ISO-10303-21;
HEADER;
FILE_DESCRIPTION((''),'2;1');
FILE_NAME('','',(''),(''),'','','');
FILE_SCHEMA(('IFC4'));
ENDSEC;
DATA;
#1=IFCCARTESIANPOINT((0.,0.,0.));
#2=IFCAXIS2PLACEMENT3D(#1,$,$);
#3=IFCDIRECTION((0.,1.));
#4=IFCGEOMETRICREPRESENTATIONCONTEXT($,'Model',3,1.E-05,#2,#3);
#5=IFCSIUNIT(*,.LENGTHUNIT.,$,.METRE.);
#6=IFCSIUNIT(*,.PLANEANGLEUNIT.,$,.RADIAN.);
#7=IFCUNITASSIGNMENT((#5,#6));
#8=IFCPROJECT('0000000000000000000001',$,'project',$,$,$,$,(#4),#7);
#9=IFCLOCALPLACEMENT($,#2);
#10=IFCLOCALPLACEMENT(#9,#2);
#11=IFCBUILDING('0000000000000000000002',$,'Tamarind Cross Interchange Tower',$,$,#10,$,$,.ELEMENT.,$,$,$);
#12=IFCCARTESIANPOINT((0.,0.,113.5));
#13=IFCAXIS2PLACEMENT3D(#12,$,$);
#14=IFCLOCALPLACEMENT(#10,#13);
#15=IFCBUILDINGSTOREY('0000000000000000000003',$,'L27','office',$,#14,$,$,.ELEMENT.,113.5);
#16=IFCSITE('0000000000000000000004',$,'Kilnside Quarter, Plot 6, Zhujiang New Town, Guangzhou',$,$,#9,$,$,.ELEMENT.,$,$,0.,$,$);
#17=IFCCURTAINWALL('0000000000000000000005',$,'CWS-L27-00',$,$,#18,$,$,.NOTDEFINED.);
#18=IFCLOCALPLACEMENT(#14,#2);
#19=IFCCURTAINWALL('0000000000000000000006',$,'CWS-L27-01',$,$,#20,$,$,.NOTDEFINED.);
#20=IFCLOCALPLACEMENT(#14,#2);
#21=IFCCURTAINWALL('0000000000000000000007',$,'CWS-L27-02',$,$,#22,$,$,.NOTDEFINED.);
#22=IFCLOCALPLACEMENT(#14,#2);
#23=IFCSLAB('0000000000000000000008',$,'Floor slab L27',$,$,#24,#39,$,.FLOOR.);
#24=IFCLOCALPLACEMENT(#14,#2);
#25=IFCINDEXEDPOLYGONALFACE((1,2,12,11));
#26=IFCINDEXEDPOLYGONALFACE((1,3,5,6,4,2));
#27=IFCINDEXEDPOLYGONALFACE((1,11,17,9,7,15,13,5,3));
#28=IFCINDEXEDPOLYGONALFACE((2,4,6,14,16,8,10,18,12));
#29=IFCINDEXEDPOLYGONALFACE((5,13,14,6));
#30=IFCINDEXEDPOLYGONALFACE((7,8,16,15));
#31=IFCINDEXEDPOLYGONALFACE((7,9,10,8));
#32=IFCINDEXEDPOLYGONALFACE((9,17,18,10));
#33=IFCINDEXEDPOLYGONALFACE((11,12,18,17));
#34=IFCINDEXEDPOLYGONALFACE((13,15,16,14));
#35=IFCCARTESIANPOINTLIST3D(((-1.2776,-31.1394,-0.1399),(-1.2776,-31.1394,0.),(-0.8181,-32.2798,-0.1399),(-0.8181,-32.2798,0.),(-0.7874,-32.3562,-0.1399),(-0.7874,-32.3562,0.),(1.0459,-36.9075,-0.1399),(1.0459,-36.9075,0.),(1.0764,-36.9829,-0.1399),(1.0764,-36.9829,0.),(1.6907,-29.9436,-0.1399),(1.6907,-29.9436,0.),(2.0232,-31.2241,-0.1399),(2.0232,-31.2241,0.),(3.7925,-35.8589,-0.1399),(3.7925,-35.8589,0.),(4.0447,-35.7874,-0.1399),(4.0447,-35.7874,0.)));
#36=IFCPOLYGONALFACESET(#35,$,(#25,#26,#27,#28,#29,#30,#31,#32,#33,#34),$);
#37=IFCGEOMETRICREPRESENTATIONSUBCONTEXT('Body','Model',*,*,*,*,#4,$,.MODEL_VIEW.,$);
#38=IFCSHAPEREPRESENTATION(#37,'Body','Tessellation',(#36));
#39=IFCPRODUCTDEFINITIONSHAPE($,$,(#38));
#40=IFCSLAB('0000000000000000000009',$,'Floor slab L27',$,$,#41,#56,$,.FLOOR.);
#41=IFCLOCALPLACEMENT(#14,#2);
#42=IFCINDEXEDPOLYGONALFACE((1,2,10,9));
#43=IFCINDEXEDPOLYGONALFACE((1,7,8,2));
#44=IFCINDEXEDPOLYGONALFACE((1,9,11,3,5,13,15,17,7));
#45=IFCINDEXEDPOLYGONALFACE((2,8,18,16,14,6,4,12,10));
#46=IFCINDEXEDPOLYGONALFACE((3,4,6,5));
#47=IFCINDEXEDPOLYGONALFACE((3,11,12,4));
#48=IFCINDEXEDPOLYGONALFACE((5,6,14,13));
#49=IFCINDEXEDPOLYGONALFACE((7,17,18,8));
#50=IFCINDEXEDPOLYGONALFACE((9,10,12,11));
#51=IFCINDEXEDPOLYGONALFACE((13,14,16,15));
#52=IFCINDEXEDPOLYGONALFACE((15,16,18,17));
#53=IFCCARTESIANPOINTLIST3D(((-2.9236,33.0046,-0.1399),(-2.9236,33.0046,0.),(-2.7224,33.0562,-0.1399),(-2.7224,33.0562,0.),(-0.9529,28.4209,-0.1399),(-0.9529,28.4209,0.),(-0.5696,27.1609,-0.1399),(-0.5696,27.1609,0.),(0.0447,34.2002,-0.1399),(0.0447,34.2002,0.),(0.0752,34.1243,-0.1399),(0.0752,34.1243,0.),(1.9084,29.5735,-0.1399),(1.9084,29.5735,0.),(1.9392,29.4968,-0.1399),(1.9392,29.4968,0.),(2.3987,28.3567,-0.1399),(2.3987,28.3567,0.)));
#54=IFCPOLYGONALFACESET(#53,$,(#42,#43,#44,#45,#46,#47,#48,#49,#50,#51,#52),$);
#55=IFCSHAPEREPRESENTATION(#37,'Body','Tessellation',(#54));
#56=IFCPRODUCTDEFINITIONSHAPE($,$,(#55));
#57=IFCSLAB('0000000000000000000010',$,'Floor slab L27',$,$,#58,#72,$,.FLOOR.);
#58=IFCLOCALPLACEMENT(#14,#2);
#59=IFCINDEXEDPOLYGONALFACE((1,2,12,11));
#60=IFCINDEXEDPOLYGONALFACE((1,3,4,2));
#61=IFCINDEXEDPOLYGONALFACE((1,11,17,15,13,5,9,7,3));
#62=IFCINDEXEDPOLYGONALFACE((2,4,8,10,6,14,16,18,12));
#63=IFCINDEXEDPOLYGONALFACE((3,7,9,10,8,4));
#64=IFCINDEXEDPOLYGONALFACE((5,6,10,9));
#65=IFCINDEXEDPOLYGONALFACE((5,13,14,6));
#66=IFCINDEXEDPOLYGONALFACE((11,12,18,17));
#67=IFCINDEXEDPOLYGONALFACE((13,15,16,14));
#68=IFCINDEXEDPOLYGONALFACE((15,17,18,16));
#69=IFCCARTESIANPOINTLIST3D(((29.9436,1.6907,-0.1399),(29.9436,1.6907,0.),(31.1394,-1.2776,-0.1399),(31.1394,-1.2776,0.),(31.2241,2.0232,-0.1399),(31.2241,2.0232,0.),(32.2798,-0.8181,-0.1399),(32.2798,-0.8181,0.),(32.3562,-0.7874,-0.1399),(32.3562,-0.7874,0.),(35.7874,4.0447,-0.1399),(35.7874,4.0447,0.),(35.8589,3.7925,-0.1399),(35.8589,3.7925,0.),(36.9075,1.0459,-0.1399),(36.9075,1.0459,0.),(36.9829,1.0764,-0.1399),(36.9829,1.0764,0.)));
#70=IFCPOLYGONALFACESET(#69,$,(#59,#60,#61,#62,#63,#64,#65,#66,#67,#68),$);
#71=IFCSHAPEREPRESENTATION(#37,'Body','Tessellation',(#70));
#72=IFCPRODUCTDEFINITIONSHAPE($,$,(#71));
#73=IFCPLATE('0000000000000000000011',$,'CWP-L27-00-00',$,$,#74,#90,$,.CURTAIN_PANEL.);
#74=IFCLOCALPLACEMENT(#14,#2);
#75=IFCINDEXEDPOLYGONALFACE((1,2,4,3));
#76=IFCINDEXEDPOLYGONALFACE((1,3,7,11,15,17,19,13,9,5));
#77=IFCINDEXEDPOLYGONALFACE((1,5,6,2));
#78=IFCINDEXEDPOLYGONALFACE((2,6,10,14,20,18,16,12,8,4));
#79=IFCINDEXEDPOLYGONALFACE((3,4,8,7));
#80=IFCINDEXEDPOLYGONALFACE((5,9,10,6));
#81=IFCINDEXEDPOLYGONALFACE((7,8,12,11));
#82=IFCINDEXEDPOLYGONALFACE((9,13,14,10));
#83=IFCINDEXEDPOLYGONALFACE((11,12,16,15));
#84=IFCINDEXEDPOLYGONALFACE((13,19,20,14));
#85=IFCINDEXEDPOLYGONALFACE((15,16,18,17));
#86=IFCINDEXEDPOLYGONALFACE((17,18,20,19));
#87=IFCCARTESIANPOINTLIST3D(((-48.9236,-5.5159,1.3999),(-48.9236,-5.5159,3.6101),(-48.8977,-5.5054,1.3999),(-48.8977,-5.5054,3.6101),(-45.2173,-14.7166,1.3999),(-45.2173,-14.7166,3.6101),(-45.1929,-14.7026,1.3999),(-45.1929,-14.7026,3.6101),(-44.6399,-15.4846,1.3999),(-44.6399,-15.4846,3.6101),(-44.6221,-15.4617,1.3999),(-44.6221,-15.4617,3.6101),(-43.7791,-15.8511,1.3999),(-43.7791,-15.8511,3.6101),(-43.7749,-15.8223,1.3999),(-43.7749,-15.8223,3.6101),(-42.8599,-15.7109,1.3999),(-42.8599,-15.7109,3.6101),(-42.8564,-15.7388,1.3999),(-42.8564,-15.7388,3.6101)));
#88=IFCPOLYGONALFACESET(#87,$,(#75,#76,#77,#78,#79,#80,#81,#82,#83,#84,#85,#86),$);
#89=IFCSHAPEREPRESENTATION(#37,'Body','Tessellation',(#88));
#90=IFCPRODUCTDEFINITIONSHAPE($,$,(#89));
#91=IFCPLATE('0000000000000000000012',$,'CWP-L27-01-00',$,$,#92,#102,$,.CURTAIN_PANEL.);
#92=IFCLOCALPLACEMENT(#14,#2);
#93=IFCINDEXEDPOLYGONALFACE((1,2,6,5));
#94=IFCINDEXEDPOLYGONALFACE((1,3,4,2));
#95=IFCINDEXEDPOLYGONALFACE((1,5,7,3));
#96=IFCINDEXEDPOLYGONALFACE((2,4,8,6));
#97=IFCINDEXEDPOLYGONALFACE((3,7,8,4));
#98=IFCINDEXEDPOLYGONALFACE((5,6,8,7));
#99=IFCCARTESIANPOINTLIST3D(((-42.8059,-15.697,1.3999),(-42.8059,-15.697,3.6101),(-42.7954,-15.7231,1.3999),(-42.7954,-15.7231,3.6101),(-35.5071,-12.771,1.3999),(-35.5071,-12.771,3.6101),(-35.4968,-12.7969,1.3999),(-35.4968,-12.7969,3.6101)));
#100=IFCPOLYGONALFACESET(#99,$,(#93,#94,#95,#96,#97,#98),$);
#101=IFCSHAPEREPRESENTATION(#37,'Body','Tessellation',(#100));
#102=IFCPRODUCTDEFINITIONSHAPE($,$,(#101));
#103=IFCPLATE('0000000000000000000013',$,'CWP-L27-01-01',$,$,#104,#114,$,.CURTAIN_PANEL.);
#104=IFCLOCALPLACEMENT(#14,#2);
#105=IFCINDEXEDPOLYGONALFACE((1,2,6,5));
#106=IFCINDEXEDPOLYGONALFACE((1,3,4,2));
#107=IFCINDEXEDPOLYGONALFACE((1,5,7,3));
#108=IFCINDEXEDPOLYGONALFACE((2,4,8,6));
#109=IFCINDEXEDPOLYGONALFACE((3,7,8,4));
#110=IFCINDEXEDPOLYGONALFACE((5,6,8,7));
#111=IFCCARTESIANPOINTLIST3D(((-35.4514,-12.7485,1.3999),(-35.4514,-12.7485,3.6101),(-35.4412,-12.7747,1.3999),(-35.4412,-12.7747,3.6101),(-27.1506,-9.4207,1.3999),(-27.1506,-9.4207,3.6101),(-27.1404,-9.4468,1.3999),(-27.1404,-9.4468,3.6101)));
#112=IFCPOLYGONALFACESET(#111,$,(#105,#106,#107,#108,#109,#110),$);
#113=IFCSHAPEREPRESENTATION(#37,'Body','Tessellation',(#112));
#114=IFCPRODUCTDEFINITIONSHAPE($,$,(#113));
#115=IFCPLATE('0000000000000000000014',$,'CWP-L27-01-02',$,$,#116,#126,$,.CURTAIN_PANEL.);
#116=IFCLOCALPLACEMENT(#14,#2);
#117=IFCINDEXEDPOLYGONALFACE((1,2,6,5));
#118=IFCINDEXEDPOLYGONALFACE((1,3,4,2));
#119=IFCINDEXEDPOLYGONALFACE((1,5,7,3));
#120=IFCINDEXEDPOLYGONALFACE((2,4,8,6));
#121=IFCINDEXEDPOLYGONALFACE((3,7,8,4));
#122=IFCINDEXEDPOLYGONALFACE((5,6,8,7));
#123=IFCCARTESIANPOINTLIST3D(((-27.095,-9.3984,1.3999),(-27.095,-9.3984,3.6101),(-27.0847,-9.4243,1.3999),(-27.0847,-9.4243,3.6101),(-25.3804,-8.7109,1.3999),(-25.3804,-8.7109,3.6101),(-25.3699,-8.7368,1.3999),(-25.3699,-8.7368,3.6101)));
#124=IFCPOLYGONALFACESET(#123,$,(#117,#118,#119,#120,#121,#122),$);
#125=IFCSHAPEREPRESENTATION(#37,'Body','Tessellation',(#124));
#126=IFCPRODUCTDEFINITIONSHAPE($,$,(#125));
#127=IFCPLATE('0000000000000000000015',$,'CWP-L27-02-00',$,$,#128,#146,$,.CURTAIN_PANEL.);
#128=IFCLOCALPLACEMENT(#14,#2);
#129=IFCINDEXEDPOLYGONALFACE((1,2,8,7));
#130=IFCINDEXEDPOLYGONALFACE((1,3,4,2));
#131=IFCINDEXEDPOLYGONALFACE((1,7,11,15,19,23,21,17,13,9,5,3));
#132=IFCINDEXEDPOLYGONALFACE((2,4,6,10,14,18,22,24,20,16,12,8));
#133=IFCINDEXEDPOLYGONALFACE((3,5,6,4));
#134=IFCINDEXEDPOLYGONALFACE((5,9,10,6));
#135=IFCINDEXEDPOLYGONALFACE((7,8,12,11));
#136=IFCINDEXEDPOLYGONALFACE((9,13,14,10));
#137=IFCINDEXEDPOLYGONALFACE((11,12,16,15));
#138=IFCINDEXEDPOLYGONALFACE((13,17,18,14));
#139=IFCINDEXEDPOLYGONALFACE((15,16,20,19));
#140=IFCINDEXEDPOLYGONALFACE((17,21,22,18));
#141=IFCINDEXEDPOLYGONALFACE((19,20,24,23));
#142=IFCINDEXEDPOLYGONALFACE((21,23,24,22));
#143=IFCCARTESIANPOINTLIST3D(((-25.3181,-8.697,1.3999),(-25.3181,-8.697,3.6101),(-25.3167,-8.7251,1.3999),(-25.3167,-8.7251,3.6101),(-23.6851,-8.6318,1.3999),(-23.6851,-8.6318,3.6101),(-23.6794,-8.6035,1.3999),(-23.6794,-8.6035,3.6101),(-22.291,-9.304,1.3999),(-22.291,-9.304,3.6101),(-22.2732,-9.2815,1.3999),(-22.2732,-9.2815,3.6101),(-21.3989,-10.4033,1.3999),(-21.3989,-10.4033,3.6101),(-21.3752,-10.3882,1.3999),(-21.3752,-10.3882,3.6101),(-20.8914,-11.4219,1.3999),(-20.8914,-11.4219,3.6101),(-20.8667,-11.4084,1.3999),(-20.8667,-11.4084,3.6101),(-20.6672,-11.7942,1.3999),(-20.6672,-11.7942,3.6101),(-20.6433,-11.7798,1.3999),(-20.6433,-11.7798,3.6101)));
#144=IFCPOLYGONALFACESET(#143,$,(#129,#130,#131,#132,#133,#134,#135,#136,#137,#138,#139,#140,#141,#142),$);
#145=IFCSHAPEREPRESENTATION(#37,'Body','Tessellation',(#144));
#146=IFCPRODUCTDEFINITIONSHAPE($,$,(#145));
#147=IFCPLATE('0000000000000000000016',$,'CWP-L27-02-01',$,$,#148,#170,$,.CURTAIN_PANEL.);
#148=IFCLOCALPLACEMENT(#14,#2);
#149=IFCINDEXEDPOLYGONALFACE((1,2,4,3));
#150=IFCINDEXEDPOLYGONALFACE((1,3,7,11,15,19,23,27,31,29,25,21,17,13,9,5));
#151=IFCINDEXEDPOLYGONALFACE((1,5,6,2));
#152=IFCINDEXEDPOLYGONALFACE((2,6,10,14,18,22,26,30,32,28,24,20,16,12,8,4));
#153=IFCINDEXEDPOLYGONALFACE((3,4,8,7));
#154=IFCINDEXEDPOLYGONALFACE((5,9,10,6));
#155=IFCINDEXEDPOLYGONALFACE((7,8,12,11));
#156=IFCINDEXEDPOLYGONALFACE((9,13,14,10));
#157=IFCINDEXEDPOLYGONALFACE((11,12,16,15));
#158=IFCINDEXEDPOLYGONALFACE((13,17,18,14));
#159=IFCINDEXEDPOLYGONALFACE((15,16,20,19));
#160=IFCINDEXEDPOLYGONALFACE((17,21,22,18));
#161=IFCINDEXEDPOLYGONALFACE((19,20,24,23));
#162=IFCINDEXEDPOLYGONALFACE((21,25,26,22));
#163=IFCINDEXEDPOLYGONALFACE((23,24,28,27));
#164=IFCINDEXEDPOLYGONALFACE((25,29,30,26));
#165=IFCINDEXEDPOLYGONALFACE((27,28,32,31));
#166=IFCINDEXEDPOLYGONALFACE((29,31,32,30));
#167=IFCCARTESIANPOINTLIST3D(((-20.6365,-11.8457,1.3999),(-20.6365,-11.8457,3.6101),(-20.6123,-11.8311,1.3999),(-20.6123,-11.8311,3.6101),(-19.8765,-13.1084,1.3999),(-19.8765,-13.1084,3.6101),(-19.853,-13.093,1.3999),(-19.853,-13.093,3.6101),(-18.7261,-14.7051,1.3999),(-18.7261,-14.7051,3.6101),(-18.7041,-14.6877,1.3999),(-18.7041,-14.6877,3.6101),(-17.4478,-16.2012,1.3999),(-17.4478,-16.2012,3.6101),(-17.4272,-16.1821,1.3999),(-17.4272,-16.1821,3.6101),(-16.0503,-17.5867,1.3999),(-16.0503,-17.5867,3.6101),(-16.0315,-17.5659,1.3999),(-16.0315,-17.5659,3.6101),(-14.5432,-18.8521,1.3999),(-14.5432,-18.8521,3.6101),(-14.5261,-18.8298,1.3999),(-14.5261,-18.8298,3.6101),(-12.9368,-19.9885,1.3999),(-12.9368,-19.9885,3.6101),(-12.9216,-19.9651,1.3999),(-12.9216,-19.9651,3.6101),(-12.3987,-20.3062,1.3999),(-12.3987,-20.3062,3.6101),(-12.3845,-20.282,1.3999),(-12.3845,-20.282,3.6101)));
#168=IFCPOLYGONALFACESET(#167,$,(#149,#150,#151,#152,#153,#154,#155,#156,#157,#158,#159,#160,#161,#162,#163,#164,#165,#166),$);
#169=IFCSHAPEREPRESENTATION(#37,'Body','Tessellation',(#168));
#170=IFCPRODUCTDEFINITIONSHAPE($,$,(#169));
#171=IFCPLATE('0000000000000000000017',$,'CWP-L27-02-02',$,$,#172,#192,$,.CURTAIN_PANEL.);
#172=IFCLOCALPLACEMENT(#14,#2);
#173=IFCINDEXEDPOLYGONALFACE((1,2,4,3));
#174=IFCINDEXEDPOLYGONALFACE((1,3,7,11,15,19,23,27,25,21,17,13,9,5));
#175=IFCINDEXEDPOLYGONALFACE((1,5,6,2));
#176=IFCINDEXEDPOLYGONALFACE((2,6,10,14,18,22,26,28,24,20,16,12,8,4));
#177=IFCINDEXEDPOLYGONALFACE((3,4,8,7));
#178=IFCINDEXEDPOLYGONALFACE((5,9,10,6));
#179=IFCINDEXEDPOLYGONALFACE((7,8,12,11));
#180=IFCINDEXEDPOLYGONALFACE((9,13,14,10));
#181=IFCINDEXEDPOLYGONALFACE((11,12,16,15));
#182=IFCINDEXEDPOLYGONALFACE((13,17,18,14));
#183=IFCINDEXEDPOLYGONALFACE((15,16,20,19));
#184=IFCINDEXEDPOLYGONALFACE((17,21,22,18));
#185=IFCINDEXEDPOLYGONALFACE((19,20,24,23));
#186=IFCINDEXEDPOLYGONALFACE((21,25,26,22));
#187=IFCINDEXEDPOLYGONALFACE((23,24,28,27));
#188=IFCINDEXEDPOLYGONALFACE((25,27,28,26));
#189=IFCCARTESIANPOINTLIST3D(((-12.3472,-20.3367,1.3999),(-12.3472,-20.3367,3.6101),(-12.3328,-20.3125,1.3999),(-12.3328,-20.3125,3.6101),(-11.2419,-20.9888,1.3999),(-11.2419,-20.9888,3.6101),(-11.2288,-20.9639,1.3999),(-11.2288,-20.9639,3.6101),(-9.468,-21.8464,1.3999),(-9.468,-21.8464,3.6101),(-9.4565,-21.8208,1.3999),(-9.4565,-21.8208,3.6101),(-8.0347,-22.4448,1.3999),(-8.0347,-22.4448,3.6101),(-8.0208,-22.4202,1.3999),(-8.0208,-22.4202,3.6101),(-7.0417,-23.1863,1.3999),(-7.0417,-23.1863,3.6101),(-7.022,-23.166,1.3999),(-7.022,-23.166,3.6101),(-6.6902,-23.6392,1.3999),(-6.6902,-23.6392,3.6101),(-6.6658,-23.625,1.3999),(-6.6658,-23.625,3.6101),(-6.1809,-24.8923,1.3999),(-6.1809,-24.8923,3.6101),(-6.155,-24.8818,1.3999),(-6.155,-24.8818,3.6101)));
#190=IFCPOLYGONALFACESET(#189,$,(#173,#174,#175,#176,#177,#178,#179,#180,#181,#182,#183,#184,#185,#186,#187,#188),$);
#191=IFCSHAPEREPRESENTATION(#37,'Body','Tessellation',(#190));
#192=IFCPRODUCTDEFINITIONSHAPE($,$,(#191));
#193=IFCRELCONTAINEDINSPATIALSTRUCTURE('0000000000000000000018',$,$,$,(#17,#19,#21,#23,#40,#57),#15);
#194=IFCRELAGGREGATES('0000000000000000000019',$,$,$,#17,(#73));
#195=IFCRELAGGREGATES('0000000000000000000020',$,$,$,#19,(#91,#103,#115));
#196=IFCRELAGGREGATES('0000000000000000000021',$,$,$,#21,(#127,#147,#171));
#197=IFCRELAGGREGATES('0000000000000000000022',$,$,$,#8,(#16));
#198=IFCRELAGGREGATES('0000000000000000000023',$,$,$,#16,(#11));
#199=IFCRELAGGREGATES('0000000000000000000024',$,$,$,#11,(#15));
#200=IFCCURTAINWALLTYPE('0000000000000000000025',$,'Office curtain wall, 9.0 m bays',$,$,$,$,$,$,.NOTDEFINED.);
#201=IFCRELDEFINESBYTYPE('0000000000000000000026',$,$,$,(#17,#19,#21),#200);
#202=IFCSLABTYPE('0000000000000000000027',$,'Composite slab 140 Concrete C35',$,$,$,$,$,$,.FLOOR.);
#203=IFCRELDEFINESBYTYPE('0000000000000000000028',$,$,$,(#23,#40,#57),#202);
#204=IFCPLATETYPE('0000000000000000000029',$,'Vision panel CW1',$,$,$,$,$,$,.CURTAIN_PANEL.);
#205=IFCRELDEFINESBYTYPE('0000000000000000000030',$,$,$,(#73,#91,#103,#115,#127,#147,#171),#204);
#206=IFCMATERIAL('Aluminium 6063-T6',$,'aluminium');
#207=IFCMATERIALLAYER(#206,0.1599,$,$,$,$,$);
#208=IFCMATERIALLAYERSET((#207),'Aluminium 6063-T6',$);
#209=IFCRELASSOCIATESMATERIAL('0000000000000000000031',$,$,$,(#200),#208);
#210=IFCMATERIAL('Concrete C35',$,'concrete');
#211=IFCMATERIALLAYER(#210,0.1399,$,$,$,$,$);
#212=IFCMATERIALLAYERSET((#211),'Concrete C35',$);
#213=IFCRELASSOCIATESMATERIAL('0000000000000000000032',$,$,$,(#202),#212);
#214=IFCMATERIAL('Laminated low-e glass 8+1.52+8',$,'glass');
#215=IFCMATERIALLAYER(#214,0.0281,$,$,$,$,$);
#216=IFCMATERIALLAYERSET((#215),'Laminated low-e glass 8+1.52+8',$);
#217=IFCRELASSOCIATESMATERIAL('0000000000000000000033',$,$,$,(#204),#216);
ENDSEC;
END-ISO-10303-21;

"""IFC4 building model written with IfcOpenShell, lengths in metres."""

from ifc_helpers import new_model, si_unit, direction, frame, origin, place, context, subcontext, project, spatial, polyline, outline, extrude, material, layer, layer_set, type_object, element, aggregate, save


model = new_model("IFC4")

# Units and contexts
model_context = context("Model", 3, precision=1e-05, world=origin(), true_north=direction((0.0, 1.0)))
body_context = subcontext(model_context, "Body", "Model", "MODEL_VIEW")
ifc_project = project(units=[si_unit("LENGTHUNIT", "METRE"), si_unit("PLANEANGLEUNIT", "RADIAN")], contexts=[model_context])

# Site, building, storey
site_placement = place(None, origin())
site = spatial("IfcSite", under=ifc_project, at=site_placement, Name="Kilnside Quarter, Plot 6, Zhujiang New Town, Guangzhou", CompositionType="ELEMENT", RefElevation=0.0)
building_placement = place(site_placement, origin())
building = spatial("IfcBuilding", under=site, at=building_placement, Name="Tamarind Cross Interchange Tower", CompositionType="ELEMENT")
storey_placement = place(building_placement, frame((0.0, 0.0, 113.5)))
storey = spatial("IfcBuildingStorey", under=building, at=storey_placement, Name="L27", Description="office", CompositionType="ELEMENT", Elevation=113.5)

# Curtain walls
ifc_material_1 = material(Name="Aluminium 6063-T6", Category="aluminium")
ifc_layer_1 = layer(ifc_material_1, 0.1599)
ifc_layer_set_1 = layer_set([ifc_layer_1], Name="Aluminium 6063-T6")
curtain_wall_type = type_object("IfcCurtainWallType", Name="Office curtain wall, 9.0 m bays", PredefinedType="NOTDEFINED", material=ifc_layer_set_1)
curtain_wall_1_placement = place(storey_placement, origin())
curtain_wall_1 = element("IfcCurtainWall", 1, at=curtain_wall_1_placement, inside=storey, type_object=curtain_wall_type, Name="CWS-L27-00", PredefinedType="NOTDEFINED")
curtain_wall_2_placement = place(storey_placement, origin())
curtain_wall_2 = element("IfcCurtainWall", 2, at=curtain_wall_2_placement, inside=storey, type_object=curtain_wall_type, Name="CWS-L27-01", PredefinedType="NOTDEFINED")
curtain_wall_3_placement = place(storey_placement, origin())
curtain_wall_3 = element("IfcCurtainWall", 3, at=curtain_wall_3_placement, inside=storey, type_object=curtain_wall_type, Name="CWS-L27-02", PredefinedType="NOTDEFINED")

# Slabs
ifc_material_2 = material(Name="Concrete C35", Category="concrete")
ifc_layer_2 = layer(ifc_material_2, 0.1399)
ifc_layer_set_2 = layer_set([ifc_layer_2], Name="Concrete C35")
slab_type = type_object("IfcSlabType", Name="Composite slab 140 Concrete C35", PredefinedType="FLOOR", material=ifc_layer_set_2)
slab_1_placement = place(storey_placement, frame((0.0, 0.0, -0.1399)))
element("IfcSlab", 4, at=slab_1_placement, inside=storey, type_object=slab_type, Name="Floor slab L27", PredefinedType="FLOOR", context=body_context, shape_type="SweptSolid", body=[
    extrude(outline(polyline([(1.0764, -36.9829), (4.0447, -35.7874), (1.6907, -29.9436), (-1.2776, -31.1394), (-0.8181, -32.2798), (-0.7874, -32.3562), (2.0232, -31.2241), (3.7925, -35.8589), (1.0459, -36.9075), (1.0764, -36.9829)])), origin(), (0.0, 0.0, 1.0), 0.1399),
])
slab_2_placement = place(storey_placement, frame((0.0, 0.0, -0.1399)))
element("IfcSlab", 5, at=slab_2_placement, inside=storey, type_object=slab_type, Name="Floor slab L27", PredefinedType="FLOOR", context=body_context, shape_type="SweptSolid", body=[
    extrude(outline(polyline([(-0.5696, 27.1609), (2.3987, 28.3567), (1.9392, 29.4968), (1.9084, 29.5735), (-0.9529, 28.4209), (-2.7224, 33.0562), (0.0752, 34.1243), (0.0447, 34.2002), (-2.9236, 33.0046), (-0.5696, 27.1609)])), origin(), (0.0, 0.0, 1.0), 0.1399),
])
slab_3_placement = place(storey_placement, frame((0.0, 0.0, -0.1399)))
element("IfcSlab", 6, at=slab_3_placement, inside=storey, type_object=slab_type, Name="Floor slab L27", PredefinedType="FLOOR", context=body_context, shape_type="SweptSolid", body=[
    extrude(outline(polyline([(36.9829, 1.0764), (35.7874, 4.0447), (29.9436, 1.6907), (31.1394, -1.2776), (32.2798, -0.8181), (32.3562, -0.7874), (31.2241, 2.0232), (35.8589, 3.7925), (36.9075, 1.0459), (36.9829, 1.0764)])), origin(), (0.0, 0.0, 1.0), 0.1399),
])

# Plates
ifc_material_3 = material(Name="Laminated low-e glass 8+1.52+8", Category="glass")
ifc_layer_3 = layer(ifc_material_3, 0.0281)
ifc_layer_set_3 = layer_set([ifc_layer_3], Name="Laminated low-e glass 8+1.52+8")
plate_type = type_object("IfcPlateType", Name="Vision panel CW1", PredefinedType="CURTAIN_PANEL", material=ifc_layer_set_3)
plate_1_placement = place(storey_placement, frame((0.0, 0.0, 1.3999)))
plate_1 = element("IfcPlate", 7, at=plate_1_placement, type_object=plate_type, Name="CWP-L27-00-00", PredefinedType="CURTAIN_PANEL", context=body_context, shape_type="SweptSolid", body=[
    extrude(outline(polyline([(-48.8977, -5.5054), (-45.1929, -14.7026), (-44.6221, -15.4617), (-43.7749, -15.8223), (-42.8599, -15.7109), (-42.8564, -15.7388), (-43.7791, -15.8511), (-44.6399, -15.4846), (-45.2173, -14.7166), (-48.9236, -5.5159), (-48.8977, -5.5054)])), origin(), (0.0, 0.0, 1.0), 2.2102),
])
aggregate(curtain_wall_1, [plate_1])
plate_2_placement = place(storey_placement, frame((0.0, 0.0, 1.3999)))
plate_2 = element("IfcPlate", 8, at=plate_2_placement, type_object=plate_type, Name="CWP-L27-01-00", PredefinedType="CURTAIN_PANEL", context=body_context, shape_type="SweptSolid", body=[
    extrude(outline(polyline([(-42.8059, -15.697), (-35.5071, -12.771), (-35.4968, -12.7969), (-42.7954, -15.7231), (-42.8059, -15.697)])), origin(), (0.0, 0.0, 1.0), 2.2102),
])
plate_3_placement = place(storey_placement, frame((0.0, 0.0, 1.3999)))
plate_3 = element("IfcPlate", 9, at=plate_3_placement, type_object=plate_type, Name="CWP-L27-01-01", PredefinedType="CURTAIN_PANEL", context=body_context, shape_type="SweptSolid", body=[
    extrude(outline(polyline([(-35.4514, -12.7485), (-27.1506, -9.4207), (-27.1404, -9.4468), (-35.4412, -12.7747), (-35.4514, -12.7485)])), origin(), (0.0, 0.0, 1.0), 2.2102),
])
plate_4_placement = place(storey_placement, frame((0.0, 0.0, 1.3999)))
plate_4 = element("IfcPlate", 10, at=plate_4_placement, type_object=plate_type, Name="CWP-L27-01-02", PredefinedType="CURTAIN_PANEL", context=body_context, shape_type="SweptSolid", body=[
    extrude(outline(polyline([(-27.095, -9.3984), (-25.3804, -8.7109), (-25.3699, -8.7368), (-27.0847, -9.4243), (-27.095, -9.3984)])), origin(), (0.0, 0.0, 1.0), 2.2102),
])
aggregate(curtain_wall_2, [plate_2, plate_3, plate_4])
plate_5_placement = place(storey_placement, frame((0.0, 0.0, 1.3999)))
plate_5 = element("IfcPlate", 11, at=plate_5_placement, type_object=plate_type, Name="CWP-L27-02-00", PredefinedType="CURTAIN_PANEL", context=body_context, shape_type="SweptSolid", body=[
    extrude(outline(polyline([(-25.3181, -8.697), (-23.6794, -8.6035), (-22.2732, -9.2815), (-21.3752, -10.3882), (-20.8667, -11.4084), (-20.6433, -11.7798), (-20.6672, -11.7942), (-20.8914, -11.4219), (-21.3989, -10.4033), (-22.291, -9.304), (-23.6851, -8.6318), (-25.3167, -8.7251), (-25.3181, -8.697)])), origin(), (0.0, 0.0, 1.0), 2.2102),
])
plate_6_placement = place(storey_placement, frame((0.0, 0.0, 1.3999)))
plate_6 = element("IfcPlate", 12, at=plate_6_placement, type_object=plate_type, Name="CWP-L27-02-01", PredefinedType="CURTAIN_PANEL", context=body_context, shape_type="SweptSolid", body=[
    extrude(outline(polyline([(-20.6123, -11.8311), (-19.853, -13.093), (-18.7041, -14.6877), (-17.4272, -16.1821), (-16.0315, -17.5659), (-14.5261, -18.8298), (-12.9216, -19.9651), (-12.3845, -20.282), (-12.3987, -20.3062), (-12.9368, -19.9885), (-14.5432, -18.8521), (-16.0503, -17.5867), (-17.4478, -16.2012), (-18.7261, -14.7051), (-19.8765, -13.1084), (-20.6365, -11.8457), (-20.6123, -11.8311)])), origin(), (0.0, 0.0, 1.0), 2.2102),
])
plate_7_placement = place(storey_placement, frame((0.0, 0.0, 1.3999)))
plate_7 = element("IfcPlate", 13, at=plate_7_placement, type_object=plate_type, Name="CWP-L27-02-02", PredefinedType="CURTAIN_PANEL", context=body_context, shape_type="SweptSolid", body=[
    extrude(outline(polyline([(-12.3328, -20.3125), (-11.2288, -20.9639), (-9.4565, -21.8208), (-8.0208, -22.4202), (-7.022, -23.166), (-6.6658, -23.625), (-6.155, -24.8818), (-6.1809, -24.8923), (-6.6902, -23.6392), (-7.0417, -23.1863), (-8.0347, -22.4448), (-9.468, -21.8464), (-11.2419, -20.9888), (-12.3472, -20.3367), (-12.3328, -20.3125)])), origin(), (0.0, 0.0, 1.0), 2.2102),
])
aggregate(curtain_wall_3, [plate_5, plate_6, plate_7])

save(model, "model.ifc")
